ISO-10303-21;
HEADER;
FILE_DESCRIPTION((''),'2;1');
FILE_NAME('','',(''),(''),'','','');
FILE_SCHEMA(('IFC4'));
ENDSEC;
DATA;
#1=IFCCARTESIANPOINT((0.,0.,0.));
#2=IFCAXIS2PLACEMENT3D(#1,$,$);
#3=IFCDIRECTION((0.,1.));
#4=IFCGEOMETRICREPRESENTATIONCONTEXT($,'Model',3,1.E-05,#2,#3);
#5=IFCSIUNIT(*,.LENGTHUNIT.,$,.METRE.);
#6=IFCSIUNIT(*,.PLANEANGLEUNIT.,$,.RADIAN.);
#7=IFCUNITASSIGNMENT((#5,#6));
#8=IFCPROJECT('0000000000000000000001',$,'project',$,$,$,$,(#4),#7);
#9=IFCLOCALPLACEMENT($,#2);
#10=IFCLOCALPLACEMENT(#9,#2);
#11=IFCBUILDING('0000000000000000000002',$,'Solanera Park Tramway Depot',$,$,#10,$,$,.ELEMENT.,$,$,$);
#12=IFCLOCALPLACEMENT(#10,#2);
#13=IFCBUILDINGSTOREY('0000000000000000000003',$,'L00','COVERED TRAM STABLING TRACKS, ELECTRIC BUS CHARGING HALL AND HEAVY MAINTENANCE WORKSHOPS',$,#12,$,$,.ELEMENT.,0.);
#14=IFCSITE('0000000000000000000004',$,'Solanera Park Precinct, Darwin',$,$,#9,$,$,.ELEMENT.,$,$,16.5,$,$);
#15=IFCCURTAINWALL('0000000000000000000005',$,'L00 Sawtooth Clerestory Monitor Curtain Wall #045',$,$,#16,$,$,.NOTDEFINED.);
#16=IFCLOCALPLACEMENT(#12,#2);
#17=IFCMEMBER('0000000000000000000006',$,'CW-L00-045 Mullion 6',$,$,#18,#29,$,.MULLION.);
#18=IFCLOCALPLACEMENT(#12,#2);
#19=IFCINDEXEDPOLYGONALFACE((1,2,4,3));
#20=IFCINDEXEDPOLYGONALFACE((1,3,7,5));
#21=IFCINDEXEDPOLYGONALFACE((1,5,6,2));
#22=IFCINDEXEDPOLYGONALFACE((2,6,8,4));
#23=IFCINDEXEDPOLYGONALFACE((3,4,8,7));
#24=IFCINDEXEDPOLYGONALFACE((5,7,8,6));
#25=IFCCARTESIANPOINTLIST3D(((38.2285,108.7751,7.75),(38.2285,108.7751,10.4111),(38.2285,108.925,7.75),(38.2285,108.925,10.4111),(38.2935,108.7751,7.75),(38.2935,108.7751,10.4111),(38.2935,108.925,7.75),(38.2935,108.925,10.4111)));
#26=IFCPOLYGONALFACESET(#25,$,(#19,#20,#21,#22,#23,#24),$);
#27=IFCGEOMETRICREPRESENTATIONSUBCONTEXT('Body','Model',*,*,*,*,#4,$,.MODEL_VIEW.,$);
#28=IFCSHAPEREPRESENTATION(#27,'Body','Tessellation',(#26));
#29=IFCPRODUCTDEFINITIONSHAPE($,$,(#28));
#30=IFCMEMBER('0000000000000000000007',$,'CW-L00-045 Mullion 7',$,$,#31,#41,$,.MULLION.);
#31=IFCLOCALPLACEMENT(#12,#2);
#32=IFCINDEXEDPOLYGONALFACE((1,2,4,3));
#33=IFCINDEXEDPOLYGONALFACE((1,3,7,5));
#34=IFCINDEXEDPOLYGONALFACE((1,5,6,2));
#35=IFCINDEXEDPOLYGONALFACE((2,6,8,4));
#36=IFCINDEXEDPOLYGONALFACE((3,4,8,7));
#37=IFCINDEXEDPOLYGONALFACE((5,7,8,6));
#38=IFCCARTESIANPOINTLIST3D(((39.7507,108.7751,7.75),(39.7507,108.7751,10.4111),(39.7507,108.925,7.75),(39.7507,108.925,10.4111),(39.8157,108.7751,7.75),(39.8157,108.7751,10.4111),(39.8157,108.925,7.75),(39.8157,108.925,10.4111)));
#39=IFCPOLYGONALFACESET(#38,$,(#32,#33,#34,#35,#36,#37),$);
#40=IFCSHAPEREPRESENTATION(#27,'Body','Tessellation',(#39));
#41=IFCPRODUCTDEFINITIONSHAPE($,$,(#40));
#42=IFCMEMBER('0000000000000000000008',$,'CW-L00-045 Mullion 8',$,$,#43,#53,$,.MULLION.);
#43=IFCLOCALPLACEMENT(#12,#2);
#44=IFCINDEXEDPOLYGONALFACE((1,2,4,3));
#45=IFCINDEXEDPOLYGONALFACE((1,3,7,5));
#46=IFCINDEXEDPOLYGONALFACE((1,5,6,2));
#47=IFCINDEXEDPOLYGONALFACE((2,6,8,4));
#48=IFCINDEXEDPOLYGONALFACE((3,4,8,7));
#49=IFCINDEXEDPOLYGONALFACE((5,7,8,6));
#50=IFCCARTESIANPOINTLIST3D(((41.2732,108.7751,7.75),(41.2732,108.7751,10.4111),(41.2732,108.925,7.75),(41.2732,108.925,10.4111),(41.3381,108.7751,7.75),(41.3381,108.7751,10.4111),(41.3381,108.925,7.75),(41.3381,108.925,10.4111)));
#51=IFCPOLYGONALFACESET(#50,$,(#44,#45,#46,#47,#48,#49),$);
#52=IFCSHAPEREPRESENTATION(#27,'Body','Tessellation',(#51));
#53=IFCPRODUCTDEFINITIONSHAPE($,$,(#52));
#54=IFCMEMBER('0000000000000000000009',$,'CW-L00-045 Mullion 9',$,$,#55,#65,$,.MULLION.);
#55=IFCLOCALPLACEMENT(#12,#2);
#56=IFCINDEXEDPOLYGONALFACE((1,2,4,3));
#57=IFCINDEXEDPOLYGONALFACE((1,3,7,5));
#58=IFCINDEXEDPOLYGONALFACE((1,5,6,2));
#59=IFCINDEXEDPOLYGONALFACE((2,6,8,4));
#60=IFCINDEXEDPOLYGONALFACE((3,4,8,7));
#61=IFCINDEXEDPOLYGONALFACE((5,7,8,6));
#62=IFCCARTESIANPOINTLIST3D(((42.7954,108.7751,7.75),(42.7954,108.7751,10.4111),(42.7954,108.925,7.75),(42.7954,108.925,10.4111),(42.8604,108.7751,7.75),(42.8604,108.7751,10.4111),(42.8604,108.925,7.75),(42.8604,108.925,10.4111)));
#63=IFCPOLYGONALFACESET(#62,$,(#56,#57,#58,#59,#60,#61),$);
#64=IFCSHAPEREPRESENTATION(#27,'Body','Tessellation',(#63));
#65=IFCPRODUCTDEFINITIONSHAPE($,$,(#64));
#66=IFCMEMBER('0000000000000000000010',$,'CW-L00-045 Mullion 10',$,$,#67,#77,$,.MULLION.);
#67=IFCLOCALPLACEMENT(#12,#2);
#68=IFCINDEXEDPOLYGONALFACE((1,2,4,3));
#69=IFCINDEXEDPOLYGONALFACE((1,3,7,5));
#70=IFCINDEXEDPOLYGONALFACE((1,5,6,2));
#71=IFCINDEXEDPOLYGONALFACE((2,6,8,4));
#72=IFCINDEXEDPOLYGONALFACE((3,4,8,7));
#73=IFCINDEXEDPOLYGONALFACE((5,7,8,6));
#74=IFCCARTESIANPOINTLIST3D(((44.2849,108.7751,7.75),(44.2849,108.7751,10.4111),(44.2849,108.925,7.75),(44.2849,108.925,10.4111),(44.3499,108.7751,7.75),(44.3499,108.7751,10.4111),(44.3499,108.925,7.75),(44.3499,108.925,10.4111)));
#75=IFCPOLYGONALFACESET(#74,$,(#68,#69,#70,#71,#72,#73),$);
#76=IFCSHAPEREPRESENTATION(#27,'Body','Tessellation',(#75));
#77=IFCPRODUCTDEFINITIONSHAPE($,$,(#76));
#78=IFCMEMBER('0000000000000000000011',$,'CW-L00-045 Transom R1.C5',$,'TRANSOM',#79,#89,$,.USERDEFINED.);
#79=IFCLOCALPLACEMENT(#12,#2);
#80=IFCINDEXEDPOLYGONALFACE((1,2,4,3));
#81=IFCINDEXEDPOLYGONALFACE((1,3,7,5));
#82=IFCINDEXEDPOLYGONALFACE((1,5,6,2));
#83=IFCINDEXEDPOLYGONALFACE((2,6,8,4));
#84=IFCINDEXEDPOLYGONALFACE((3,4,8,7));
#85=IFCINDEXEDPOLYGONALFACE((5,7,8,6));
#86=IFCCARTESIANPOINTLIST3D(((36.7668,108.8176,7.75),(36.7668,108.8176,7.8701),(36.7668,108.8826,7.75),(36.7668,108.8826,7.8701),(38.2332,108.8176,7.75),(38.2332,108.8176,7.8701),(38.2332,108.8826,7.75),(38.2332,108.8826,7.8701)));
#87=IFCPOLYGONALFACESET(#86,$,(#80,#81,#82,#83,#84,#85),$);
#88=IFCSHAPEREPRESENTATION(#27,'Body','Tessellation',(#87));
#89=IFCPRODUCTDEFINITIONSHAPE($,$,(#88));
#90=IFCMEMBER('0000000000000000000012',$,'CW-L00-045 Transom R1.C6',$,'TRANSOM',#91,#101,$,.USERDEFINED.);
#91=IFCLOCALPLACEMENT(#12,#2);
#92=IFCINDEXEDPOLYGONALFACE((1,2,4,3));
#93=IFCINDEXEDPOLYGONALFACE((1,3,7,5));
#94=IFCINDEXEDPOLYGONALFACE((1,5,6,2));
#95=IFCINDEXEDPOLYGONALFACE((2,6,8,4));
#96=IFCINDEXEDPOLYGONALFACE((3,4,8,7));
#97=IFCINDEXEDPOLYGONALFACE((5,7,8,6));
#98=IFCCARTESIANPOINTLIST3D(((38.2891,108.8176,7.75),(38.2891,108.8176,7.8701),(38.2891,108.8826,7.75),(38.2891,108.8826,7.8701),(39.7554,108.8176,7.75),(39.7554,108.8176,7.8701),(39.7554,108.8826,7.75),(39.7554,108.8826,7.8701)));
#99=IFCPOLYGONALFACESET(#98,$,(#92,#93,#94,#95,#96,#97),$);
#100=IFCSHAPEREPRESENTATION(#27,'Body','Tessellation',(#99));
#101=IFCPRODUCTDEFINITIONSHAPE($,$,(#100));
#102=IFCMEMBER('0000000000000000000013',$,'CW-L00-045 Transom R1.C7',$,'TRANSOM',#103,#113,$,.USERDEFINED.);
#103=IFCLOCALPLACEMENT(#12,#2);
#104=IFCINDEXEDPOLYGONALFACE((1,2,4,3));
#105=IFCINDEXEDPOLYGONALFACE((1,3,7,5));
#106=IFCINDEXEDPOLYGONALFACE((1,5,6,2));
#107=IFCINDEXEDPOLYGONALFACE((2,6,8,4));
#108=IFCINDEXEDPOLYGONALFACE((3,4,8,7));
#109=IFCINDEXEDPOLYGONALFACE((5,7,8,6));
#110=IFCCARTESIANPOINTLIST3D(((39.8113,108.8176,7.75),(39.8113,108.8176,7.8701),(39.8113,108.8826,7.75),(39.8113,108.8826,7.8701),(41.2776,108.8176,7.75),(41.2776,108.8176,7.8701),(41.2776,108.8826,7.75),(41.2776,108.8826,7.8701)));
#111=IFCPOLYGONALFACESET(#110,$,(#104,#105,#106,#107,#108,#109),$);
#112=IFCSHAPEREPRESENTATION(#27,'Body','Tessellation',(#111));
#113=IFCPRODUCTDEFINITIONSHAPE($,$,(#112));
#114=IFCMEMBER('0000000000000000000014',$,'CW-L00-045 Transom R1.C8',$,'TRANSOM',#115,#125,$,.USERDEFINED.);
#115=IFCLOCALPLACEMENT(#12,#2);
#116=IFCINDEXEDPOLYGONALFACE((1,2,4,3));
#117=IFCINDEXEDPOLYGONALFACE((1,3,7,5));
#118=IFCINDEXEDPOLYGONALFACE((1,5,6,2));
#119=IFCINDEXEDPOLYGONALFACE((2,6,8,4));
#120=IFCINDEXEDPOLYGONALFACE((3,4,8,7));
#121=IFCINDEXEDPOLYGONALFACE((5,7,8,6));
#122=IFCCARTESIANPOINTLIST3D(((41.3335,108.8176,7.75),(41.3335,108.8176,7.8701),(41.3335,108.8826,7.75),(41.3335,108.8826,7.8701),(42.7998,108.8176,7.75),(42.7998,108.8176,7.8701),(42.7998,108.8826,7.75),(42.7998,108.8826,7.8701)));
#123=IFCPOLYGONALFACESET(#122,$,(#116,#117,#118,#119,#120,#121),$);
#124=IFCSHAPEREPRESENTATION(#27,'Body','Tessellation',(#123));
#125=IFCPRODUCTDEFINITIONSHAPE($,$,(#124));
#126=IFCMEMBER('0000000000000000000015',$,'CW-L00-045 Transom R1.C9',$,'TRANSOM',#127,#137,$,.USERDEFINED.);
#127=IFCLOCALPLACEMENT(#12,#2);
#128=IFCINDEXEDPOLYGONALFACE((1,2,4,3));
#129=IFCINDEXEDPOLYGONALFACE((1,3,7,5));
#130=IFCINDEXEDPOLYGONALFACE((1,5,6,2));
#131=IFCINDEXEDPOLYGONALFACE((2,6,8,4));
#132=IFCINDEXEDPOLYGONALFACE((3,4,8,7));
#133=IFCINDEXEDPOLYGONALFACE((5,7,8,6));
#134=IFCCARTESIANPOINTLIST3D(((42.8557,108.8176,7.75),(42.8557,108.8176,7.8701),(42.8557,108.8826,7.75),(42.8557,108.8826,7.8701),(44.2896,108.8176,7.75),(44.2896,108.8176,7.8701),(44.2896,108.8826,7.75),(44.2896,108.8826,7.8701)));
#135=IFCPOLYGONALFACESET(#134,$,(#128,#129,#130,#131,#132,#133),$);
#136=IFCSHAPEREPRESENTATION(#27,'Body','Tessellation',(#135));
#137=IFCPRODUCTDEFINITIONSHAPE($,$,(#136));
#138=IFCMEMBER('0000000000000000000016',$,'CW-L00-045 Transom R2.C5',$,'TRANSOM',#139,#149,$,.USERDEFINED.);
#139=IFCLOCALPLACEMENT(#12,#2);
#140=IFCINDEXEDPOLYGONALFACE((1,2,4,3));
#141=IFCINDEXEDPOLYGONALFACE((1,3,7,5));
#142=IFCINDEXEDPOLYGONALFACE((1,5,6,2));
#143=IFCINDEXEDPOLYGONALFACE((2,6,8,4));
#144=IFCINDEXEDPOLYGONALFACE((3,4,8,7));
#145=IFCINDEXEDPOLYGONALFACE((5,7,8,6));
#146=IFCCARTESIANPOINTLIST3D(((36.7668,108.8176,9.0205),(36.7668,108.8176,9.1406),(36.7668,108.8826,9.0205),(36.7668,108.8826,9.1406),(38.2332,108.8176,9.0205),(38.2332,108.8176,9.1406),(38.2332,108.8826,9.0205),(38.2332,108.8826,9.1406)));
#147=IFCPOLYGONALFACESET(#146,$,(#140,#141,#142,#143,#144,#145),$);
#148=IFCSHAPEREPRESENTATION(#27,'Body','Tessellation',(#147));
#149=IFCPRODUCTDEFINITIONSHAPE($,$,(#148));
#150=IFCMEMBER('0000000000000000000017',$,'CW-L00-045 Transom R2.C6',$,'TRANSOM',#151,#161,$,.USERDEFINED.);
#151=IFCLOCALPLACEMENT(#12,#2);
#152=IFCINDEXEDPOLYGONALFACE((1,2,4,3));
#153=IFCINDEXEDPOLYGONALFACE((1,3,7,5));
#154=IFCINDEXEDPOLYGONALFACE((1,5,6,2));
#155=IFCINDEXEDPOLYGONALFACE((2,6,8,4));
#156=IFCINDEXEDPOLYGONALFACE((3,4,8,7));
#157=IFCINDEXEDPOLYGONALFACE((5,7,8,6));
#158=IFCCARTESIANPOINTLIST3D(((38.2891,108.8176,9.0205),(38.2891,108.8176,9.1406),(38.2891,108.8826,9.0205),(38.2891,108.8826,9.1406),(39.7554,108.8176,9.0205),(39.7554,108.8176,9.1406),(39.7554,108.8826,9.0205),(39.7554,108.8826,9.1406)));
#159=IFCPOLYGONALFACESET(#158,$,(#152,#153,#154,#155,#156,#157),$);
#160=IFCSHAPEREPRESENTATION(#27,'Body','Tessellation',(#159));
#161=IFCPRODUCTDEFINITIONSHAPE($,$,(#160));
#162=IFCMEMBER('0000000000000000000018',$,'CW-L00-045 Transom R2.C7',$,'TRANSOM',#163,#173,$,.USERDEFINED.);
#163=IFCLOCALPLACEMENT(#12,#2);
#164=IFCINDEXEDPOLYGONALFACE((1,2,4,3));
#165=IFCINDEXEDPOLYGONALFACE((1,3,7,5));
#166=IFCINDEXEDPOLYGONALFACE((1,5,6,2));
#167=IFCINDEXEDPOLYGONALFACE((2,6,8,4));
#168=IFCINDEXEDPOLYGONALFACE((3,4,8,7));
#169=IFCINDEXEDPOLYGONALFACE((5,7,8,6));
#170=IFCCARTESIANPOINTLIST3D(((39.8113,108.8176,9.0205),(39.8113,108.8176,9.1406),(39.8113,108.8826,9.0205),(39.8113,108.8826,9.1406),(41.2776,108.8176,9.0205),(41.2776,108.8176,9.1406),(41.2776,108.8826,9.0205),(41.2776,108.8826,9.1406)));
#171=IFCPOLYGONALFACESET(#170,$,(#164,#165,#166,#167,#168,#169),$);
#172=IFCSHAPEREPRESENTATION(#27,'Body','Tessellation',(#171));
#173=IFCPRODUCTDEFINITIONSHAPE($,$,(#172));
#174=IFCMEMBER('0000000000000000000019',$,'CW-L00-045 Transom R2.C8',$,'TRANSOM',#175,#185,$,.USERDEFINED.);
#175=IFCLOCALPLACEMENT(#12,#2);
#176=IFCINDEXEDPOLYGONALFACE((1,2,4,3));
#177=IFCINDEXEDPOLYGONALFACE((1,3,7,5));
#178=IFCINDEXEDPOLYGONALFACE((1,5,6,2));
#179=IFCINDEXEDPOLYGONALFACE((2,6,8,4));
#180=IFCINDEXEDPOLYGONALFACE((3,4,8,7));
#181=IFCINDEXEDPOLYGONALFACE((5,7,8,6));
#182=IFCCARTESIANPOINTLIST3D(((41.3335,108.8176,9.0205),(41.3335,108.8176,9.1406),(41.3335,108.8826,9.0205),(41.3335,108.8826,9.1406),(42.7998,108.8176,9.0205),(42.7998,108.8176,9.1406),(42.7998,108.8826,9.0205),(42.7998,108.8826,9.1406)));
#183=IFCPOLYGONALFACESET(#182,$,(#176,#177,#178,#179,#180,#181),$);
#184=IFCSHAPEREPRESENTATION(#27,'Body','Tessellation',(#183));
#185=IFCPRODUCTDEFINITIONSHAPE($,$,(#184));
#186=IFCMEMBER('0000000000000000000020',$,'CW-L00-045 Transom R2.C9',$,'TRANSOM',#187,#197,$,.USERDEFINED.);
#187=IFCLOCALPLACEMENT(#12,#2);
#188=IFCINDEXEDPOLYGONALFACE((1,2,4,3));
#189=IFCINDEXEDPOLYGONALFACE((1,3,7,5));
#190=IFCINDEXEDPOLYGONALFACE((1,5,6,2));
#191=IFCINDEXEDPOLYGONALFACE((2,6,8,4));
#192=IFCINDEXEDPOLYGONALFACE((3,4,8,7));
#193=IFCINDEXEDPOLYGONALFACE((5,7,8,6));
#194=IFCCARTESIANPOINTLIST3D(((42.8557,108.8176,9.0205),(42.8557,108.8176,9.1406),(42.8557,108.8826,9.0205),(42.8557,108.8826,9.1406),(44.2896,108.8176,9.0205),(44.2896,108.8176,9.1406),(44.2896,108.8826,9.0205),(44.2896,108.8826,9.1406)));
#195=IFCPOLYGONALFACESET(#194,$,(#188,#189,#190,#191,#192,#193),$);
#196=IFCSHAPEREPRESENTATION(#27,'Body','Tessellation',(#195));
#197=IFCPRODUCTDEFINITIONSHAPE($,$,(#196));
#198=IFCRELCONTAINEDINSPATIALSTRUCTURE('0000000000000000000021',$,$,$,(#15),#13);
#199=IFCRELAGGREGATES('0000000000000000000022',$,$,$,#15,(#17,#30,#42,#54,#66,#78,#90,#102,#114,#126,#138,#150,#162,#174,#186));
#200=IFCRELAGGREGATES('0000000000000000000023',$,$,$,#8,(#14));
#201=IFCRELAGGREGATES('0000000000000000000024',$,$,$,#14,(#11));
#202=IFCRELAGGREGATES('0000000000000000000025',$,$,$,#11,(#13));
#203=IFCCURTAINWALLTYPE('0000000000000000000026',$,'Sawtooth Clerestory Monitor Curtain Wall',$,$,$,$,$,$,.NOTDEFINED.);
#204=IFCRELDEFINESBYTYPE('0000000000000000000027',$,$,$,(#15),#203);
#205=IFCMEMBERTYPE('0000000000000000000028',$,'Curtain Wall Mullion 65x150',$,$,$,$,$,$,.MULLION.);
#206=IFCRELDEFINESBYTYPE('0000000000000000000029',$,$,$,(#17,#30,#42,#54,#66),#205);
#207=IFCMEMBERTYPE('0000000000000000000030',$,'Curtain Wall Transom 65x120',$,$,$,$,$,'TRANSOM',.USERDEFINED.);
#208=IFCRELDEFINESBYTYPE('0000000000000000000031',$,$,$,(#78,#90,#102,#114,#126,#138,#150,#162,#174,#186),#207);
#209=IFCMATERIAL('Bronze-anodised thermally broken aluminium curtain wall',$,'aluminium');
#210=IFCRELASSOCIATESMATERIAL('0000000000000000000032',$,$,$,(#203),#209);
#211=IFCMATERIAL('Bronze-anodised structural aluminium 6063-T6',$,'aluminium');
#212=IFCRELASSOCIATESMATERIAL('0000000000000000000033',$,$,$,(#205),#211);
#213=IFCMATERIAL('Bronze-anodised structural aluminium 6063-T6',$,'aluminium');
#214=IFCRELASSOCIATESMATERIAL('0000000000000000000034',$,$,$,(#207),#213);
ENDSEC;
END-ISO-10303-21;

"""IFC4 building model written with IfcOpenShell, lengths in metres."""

from ifc_helpers import new_model, si_unit, direction, frame, origin, origin_2d, place, context, subcontext, project, spatial, rectangle, extrude, material, material_profile, profile_set, type_object, element, aggregate, save


model = new_model("IFC4")

# Units and contexts
model_context = context("Model", 3, precision=1e-05, world=origin(), true_north=direction((0.0, 1.0)))
body_context = subcontext(model_context, "Body", "Model", "MODEL_VIEW")
ifc_project = project(units=[si_unit("LENGTHUNIT", "METRE"), si_unit("PLANEANGLEUNIT", "RADIAN")], contexts=[model_context])

# Site, building, storey
site_placement = place(None, origin())
site = spatial("IfcSite", under=ifc_project, at=site_placement, Name="Solanera Park Precinct, Darwin", CompositionType="ELEMENT", RefElevation=16.5)
building_placement = place(site_placement, origin())
building = spatial("IfcBuilding", under=site, at=building_placement, Name="Solanera Park Tramway Depot", CompositionType="ELEMENT")
storey_placement = place(building_placement, origin())
storey = spatial("IfcBuildingStorey", under=building, at=storey_placement, Name="L00", Description="COVERED TRAM STABLING TRACKS, ELECTRIC BUS CHARGING HALL AND HEAVY MAINTENANCE WORKSHOPS", CompositionType="ELEMENT", Elevation=0.0)

# Curtain wall, members
ifc_material_1 = material(Name="Bronze-anodised thermally broken aluminium curtain wall", Category="aluminium")
curtain_wall_type = type_object("IfcCurtainWallType", Name="Sawtooth Clerestory Monitor Curtain Wall", PredefinedType="NOTDEFINED", material=ifc_material_1)
curtain_wall_placement = place(storey_placement, origin())
curtain_wall = element("IfcCurtainWall", 1, at=curtain_wall_placement, inside=storey, type_object=curtain_wall_type, Name="L00 Sawtooth Clerestory Monitor Curtain Wall #045", PredefinedType="NOTDEFINED")
ifc_material_2 = material(Name="Bronze-anodised structural aluminium 6063-T6", Category="aluminium")
ifc_material_profile_1 = material_profile(ifc_material_2, rectangle(XDim=0.0649, YDim=0.1499, at=origin_2d()), Name="Curtain Wall Mullion 65x150")
ifc_profile_set_1 = profile_set([ifc_material_profile_1], Name="Bronze-anodised structural aluminium 6063-T6")
member_type_1 = type_object("IfcMemberType", Name="Curtain Wall Mullion 65x150", PredefinedType="MULLION", material=ifc_profile_set_1)
member_1_placement = place(storey_placement, frame((38.261, 108.8501, 7.75), z_axis=(0.0, 0.0, 1.0), x_axis=(1.0, 0.0, 0.0)))
member_1 = element("IfcMember", 2, at=member_1_placement, type_object=member_type_1, Name="CW-L00-045 Mullion 6", PredefinedType="MULLION", context=body_context, shape_type="SweptSolid", body=[
    extrude(rectangle(XDim=0.0649, YDim=0.1499, at=origin_2d()), origin(), (0.0, 0.0, 1.0), 2.6611),
])
member_2_placement = place(storey_placement, frame((39.7832, 108.8501, 7.75), z_axis=(0.0, 0.0, 1.0), x_axis=(1.0, 0.0, 0.0)))
member_2 = element("IfcMember", 3, at=member_2_placement, type_object=member_type_1, Name="CW-L00-045 Mullion 7", PredefinedType="MULLION", context=body_context, shape_type="SweptSolid", body=[
    extrude(rectangle(XDim=0.0649, YDim=0.1499, at=origin_2d()), origin(), (0.0, 0.0, 1.0), 2.6611),
])
member_3_placement = place(storey_placement, frame((41.3057, 108.8501, 7.75), z_axis=(0.0, 0.0, 1.0), x_axis=(1.0, 0.0, 0.0)))
member_3 = element("IfcMember", 4, at=member_3_placement, type_object=member_type_1, Name="CW-L00-045 Mullion 8", PredefinedType="MULLION", context=body_context, shape_type="SweptSolid", body=[
    extrude(rectangle(XDim=0.0649, YDim=0.1499, at=origin_2d()), origin(), (0.0, 0.0, 1.0), 2.6611),
])
member_4_placement = place(storey_placement, frame((42.8279, 108.8501, 7.75), z_axis=(0.0, 0.0, 1.0), x_axis=(1.0, 0.0, 0.0)))
member_4 = element("IfcMember", 5, at=member_4_placement, type_object=member_type_1, Name="CW-L00-045 Mullion 9", PredefinedType="MULLION", context=body_context, shape_type="SweptSolid", body=[
    extrude(rectangle(XDim=0.0649, YDim=0.1499, at=origin_2d()), origin(), (0.0, 0.0, 1.0), 2.6611),
])
member_5_placement = place(storey_placement, frame((44.3174, 108.8501, 7.75), z_axis=(0.0, 0.0, 1.0), x_axis=(1.0, 0.0, 0.0)))
member_5 = element("IfcMember", 6, at=member_5_placement, type_object=member_type_1, Name="CW-L00-045 Mullion 10", PredefinedType="MULLION", context=body_context, shape_type="SweptSolid", body=[
    extrude(rectangle(XDim=0.0649, YDim=0.1499, at=origin_2d()), origin(), (0.0, 0.0, 1.0), 2.6611),
])
ifc_material_3 = material(Name="Bronze-anodised structural aluminium 6063-T6", Category="aluminium")
ifc_material_profile_2 = material_profile(ifc_material_3, rectangle(XDim=0.0649, YDim=0.1201, at=origin_2d()), Name="Curtain Wall Transom 65x120")
ifc_profile_set_2 = profile_set([ifc_material_profile_2], Name="Bronze-anodised structural aluminium 6063-T6")
member_type_2 = type_object("IfcMemberType", Name="Curtain Wall Transom 65x120", ElementType="TRANSOM", PredefinedType="USERDEFINED", material=ifc_profile_set_2)
member_6_placement = place(storey_placement, frame((36.7668, 108.8501, 7.8101), z_axis=(1.0, 0.0, 0.0), x_axis=(0.0, 1.0, 0.0)))
member_6 = element("IfcMember", 7, at=member_6_placement, type_object=member_type_2, Name="CW-L00-045 Transom R1.C5", ObjectType="TRANSOM", PredefinedType="USERDEFINED", context=body_context, shape_type="SweptSolid", body=[
    extrude(rectangle(XDim=0.0649, YDim=0.1201, at=origin_2d()), origin(), (0.0, 0.0, 1.0), 1.4663),
])
member_7_placement = place(storey_placement, frame((38.2891, 108.8501, 7.8101), z_axis=(1.0, 0.0, 0.0), x_axis=(0.0, 1.0, 0.0)))
member_7 = element("IfcMember", 8, at=member_7_placement, type_object=member_type_2, Name="CW-L00-045 Transom R1.C6", ObjectType="TRANSOM", PredefinedType="USERDEFINED", context=body_context, shape_type="SweptSolid", body=[
    extrude(rectangle(XDim=0.0649, YDim=0.1201, at=origin_2d()), origin(), (0.0, 0.0, 1.0), 1.4663),
])
member_8_placement = place(storey_placement, frame((39.8113, 108.8501, 7.8101), z_axis=(1.0, 0.0, 0.0), x_axis=(0.0, 1.0, 0.0)))
member_8 = element("IfcMember", 9, at=member_8_placement, type_object=member_type_2, Name="CW-L00-045 Transom R1.C7", ObjectType="TRANSOM", PredefinedType="USERDEFINED", context=body_context, shape_type="SweptSolid", body=[
    extrude(rectangle(XDim=0.0649, YDim=0.1201, at=origin_2d()), origin(), (0.0, 0.0, 1.0), 1.4663),
])
member_9_placement = place(storey_placement, frame((41.3335, 108.8501, 7.8101), z_axis=(1.0, 0.0, 0.0), x_axis=(0.0, 1.0, 0.0)))
member_9 = element("IfcMember", 10, at=member_9_placement, type_object=member_type_2, Name="CW-L00-045 Transom R1.C8", ObjectType="TRANSOM", PredefinedType="USERDEFINED", context=body_context, shape_type="SweptSolid", body=[
    extrude(rectangle(XDim=0.0649, YDim=0.1201, at=origin_2d()), origin(), (0.0, 0.0, 1.0), 1.4663),
])
member_10_placement = place(storey_placement, frame((42.8557, 108.8501, 7.8101), z_axis=(1.0, 0.0, 0.0), x_axis=(0.0, 1.0, 0.0)))
member_10 = element("IfcMember", 11, at=member_10_placement, type_object=member_type_2, Name="CW-L00-045 Transom R1.C9", ObjectType="TRANSOM", PredefinedType="USERDEFINED", context=body_context, shape_type="SweptSolid", body=[
    extrude(rectangle(XDim=0.0649, YDim=0.1201, at=origin_2d()), origin(), (0.0, 0.0, 1.0), 1.4338),
])
member_11_placement = place(storey_placement, frame((36.7668, 108.8501, 9.0806), z_axis=(1.0, 0.0, 0.0), x_axis=(0.0, 1.0, 0.0)))
member_11 = element("IfcMember", 12, at=member_11_placement, type_object=member_type_2, Name="CW-L00-045 Transom R2.C5", ObjectType="TRANSOM", PredefinedType="USERDEFINED", context=body_context, shape_type="SweptSolid", body=[
    extrude(rectangle(XDim=0.0649, YDim=0.1201, at=origin_2d()), origin(), (0.0, 0.0, 1.0), 1.4663),
])
member_12_placement = place(storey_placement, frame((38.2891, 108.8501, 9.0806), z_axis=(1.0, 0.0, 0.0), x_axis=(0.0, 1.0, 0.0)))
member_12 = element("IfcMember", 13, at=member_12_placement, type_object=member_type_2, Name="CW-L00-045 Transom R2.C6", ObjectType="TRANSOM", PredefinedType="USERDEFINED", context=body_context, shape_type="SweptSolid", body=[
    extrude(rectangle(XDim=0.0649, YDim=0.1201, at=origin_2d()), origin(), (0.0, 0.0, 1.0), 1.4663),
])
member_13_placement = place(storey_placement, frame((39.8113, 108.8501, 9.0806), z_axis=(1.0, 0.0, 0.0), x_axis=(0.0, 1.0, 0.0)))
member_13 = element("IfcMember", 14, at=member_13_placement, type_object=member_type_2, Name="CW-L00-045 Transom R2.C7", ObjectType="TRANSOM", PredefinedType="USERDEFINED", context=body_context, shape_type="SweptSolid", body=[
    extrude(rectangle(XDim=0.0649, YDim=0.1201, at=origin_2d()), origin(), (0.0, 0.0, 1.0), 1.4663),
])
member_14_placement = place(storey_placement, frame((41.3335, 108.8501, 9.0806), z_axis=(1.0, 0.0, 0.0), x_axis=(0.0, 1.0, 0.0)))
member_14 = element("IfcMember", 15, at=member_14_placement, type_object=member_type_2, Name="CW-L00-045 Transom R2.C8", ObjectType="TRANSOM", PredefinedType="USERDEFINED", context=body_context, shape_type="SweptSolid", body=[
    extrude(rectangle(XDim=0.0649, YDim=0.1201, at=origin_2d()), origin(), (0.0, 0.0, 1.0), 1.4663),
])
member_15_placement = place(storey_placement, frame((42.8557, 108.8501, 9.0806), z_axis=(1.0, 0.0, 0.0), x_axis=(0.0, 1.0, 0.0)))
member_15 = element("IfcMember", 16, at=member_15_placement, type_object=member_type_2, Name="CW-L00-045 Transom R2.C9", ObjectType="TRANSOM", PredefinedType="USERDEFINED", context=body_context, shape_type="SweptSolid", body=[
    extrude(rectangle(XDim=0.0649, YDim=0.1201, at=origin_2d()), origin(), (0.0, 0.0, 1.0), 1.4338),
])
aggregate(curtain_wall, [member_1, member_2, member_3, member_4, member_5, member_6, member_7, member_8, member_9, member_10, member_11, member_12, member_13, member_14, member_15])

save(model, "model.ifc")
